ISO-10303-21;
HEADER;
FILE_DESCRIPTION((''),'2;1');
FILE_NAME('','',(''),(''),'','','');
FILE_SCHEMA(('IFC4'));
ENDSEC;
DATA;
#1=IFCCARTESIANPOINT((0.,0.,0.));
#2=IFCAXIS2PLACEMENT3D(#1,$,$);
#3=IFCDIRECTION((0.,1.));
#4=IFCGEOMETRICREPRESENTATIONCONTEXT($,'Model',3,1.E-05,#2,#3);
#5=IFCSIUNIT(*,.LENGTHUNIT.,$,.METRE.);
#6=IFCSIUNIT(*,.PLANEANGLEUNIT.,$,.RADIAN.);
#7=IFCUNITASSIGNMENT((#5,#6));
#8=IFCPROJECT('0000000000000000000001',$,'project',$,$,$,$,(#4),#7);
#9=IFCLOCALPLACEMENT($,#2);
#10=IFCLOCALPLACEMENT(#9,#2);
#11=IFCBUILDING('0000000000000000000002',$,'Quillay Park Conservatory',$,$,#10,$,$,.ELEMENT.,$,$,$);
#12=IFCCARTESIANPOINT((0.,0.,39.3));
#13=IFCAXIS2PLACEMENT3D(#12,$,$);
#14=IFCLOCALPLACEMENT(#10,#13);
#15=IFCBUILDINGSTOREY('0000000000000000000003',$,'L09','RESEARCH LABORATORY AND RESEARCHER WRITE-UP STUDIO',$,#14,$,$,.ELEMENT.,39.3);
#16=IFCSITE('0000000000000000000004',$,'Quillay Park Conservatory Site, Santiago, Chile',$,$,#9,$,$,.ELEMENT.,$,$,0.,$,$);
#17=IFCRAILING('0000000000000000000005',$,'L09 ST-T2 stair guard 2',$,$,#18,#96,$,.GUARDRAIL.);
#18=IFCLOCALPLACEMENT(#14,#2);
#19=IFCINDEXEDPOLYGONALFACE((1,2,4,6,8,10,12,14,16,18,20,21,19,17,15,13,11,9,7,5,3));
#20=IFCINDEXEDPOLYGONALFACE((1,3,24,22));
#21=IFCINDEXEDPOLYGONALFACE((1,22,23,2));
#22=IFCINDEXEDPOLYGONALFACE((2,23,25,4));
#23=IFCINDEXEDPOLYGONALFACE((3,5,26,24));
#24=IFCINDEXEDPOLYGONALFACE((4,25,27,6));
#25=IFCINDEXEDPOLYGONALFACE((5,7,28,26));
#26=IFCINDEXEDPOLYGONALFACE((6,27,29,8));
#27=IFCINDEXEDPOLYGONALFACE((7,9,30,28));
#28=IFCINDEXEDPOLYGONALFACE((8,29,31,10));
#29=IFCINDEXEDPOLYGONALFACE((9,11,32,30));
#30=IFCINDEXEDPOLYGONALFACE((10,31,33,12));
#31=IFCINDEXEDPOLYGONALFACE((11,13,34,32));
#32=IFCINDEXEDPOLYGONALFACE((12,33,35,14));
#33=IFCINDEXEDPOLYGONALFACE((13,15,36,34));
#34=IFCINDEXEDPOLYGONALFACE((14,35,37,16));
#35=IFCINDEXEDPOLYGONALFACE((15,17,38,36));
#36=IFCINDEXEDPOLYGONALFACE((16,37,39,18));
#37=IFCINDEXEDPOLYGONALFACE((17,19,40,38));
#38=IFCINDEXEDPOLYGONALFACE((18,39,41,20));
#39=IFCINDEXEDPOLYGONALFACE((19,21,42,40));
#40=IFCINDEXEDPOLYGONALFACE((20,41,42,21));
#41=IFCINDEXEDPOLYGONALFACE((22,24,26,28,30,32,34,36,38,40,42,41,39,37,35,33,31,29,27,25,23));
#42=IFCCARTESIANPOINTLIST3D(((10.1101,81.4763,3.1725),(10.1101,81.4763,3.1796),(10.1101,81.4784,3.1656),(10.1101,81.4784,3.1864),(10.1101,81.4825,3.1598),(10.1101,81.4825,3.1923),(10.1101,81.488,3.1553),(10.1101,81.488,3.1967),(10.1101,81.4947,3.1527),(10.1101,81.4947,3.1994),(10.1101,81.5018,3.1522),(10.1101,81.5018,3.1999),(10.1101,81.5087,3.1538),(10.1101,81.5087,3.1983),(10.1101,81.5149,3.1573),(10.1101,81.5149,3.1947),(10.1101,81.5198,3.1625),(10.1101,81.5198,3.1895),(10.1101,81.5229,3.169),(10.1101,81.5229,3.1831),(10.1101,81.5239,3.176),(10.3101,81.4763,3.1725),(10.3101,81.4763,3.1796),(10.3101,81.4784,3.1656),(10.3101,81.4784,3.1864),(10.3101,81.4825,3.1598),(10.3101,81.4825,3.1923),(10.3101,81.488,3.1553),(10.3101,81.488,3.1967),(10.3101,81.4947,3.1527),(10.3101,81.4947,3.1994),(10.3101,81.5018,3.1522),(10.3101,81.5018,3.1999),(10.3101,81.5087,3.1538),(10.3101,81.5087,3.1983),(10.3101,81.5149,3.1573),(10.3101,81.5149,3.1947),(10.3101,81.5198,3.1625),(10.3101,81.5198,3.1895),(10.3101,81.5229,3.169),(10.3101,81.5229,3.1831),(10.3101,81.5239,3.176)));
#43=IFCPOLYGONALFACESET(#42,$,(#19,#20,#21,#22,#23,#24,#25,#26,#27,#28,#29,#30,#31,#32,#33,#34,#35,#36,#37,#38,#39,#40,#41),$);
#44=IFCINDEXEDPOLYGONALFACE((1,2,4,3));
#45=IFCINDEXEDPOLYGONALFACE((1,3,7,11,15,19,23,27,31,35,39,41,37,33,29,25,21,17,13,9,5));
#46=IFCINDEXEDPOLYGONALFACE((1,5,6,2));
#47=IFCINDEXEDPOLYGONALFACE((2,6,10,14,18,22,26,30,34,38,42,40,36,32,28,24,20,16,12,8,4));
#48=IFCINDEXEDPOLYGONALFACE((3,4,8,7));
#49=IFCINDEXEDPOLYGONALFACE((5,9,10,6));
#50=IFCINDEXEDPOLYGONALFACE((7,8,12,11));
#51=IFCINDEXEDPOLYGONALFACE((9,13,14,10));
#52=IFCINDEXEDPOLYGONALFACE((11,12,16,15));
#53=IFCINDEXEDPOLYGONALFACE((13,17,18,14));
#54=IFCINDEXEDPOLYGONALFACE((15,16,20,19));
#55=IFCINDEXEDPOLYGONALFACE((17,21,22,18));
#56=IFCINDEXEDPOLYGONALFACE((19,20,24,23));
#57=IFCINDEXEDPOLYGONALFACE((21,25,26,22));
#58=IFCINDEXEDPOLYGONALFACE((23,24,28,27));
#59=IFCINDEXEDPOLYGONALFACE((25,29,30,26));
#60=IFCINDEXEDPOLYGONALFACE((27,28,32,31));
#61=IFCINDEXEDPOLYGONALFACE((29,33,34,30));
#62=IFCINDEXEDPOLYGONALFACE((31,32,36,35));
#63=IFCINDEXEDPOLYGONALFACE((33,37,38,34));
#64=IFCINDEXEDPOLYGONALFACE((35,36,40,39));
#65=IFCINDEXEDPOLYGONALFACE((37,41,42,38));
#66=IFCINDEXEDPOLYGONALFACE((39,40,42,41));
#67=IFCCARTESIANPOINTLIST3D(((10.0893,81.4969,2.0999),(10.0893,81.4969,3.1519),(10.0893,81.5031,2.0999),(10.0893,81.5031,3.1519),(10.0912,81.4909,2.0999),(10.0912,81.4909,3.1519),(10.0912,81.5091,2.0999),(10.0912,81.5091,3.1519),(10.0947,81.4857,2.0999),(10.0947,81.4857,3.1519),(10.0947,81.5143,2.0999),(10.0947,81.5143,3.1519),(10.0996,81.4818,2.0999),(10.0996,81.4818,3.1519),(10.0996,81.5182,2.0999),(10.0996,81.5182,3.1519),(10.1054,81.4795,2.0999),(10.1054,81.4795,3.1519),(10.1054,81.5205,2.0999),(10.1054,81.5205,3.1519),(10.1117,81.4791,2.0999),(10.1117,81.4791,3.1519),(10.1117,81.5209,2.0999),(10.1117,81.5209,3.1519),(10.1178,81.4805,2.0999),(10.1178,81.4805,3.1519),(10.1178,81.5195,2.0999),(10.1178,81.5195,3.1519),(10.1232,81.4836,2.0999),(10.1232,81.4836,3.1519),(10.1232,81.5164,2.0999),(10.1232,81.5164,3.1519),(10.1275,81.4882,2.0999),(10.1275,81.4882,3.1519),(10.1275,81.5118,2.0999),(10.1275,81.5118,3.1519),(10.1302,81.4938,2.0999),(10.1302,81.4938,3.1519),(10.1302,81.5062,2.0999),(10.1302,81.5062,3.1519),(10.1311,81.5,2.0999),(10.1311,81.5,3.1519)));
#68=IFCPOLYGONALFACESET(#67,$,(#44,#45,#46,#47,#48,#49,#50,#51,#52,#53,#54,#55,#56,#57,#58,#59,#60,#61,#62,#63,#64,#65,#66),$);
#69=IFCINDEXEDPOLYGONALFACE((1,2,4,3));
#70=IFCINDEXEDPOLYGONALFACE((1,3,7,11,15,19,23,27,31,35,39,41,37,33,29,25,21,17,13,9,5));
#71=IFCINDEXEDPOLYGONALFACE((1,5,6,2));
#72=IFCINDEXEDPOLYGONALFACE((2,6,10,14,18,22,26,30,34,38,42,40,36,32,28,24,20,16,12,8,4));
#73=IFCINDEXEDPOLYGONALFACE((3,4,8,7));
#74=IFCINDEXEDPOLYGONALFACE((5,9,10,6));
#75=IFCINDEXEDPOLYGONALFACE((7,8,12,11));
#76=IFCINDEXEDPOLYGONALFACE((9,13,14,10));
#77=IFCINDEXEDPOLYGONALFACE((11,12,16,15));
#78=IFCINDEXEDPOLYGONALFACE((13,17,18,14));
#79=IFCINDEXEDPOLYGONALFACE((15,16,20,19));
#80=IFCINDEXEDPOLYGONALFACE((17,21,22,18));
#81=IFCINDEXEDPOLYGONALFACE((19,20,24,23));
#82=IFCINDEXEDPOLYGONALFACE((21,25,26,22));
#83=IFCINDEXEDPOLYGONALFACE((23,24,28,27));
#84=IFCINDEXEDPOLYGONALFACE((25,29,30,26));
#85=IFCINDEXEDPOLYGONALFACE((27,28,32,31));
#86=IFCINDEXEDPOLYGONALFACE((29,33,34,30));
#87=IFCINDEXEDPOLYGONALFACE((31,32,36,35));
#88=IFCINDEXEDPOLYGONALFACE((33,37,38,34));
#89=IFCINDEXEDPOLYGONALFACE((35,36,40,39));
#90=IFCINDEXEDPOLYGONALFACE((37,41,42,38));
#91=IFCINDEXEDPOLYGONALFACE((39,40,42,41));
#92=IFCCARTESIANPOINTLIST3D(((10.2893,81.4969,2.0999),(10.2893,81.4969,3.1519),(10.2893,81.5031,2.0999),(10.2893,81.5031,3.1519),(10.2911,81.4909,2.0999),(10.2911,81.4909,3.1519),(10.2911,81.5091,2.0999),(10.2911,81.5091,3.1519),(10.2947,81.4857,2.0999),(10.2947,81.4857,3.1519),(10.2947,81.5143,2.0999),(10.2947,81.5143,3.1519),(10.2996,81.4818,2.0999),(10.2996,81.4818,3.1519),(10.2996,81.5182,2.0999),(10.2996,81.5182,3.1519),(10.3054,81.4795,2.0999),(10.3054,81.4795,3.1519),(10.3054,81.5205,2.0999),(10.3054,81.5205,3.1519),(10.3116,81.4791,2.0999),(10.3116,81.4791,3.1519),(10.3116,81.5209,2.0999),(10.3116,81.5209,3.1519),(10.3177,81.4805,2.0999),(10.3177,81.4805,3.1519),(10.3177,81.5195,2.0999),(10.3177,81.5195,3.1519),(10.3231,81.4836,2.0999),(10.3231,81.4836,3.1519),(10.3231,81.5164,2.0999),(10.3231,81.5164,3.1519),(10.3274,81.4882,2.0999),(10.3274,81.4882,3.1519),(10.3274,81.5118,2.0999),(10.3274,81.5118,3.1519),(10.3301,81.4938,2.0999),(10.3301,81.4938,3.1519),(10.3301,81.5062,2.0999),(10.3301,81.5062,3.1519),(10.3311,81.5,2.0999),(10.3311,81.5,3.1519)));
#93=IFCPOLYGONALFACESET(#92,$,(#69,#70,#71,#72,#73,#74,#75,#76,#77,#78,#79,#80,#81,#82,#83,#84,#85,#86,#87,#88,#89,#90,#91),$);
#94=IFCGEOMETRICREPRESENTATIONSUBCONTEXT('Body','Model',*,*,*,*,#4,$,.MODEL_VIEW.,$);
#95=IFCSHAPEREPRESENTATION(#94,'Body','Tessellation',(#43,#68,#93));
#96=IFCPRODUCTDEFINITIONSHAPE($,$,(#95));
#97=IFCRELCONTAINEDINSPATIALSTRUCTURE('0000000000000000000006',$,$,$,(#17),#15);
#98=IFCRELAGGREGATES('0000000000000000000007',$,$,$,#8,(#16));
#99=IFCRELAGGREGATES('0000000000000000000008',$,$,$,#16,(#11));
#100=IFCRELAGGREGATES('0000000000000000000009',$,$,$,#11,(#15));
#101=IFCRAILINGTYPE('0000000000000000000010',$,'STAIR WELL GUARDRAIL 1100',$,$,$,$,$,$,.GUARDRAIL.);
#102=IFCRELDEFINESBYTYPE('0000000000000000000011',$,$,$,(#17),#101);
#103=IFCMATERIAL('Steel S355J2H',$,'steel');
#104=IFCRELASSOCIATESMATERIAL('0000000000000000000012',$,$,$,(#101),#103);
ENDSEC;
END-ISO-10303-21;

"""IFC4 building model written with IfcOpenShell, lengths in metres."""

from ifc_helpers import new_model, si_unit, direction, frame, origin, origin_2d, place, context, subcontext, project, spatial, circle, extrude, material, type_object, element, save


model = new_model("IFC4")

# Units and contexts
model_context = context("Model", 3, precision=1e-05, world=origin(), true_north=direction((0.0, 1.0)))
body_context = subcontext(model_context, "Body", "Model", "MODEL_VIEW")
ifc_project = project(units=[si_unit("LENGTHUNIT", "METRE"), si_unit("PLANEANGLEUNIT", "RADIAN")], contexts=[model_context])

# Site, building, storey
site_placement = place(None, origin())
site = spatial("IfcSite", under=ifc_project, at=site_placement, Name="Quillay Park Conservatory Site, Santiago, Chile", CompositionType="ELEMENT", RefElevation=0.0)
building_placement = place(site_placement, origin())
building = spatial("IfcBuilding", under=site, at=building_placement, Name="Quillay Park Conservatory", CompositionType="ELEMENT")
storey_placement = place(building_placement, frame((0.0, 0.0, 39.3)))
storey = spatial("IfcBuildingStorey", under=building, at=storey_placement, Name="L09", Description="RESEARCH LABORATORY AND RESEARCHER WRITE-UP STUDIO", CompositionType="ELEMENT", Elevation=39.3)

# Railing
ifc_material_1 = material(Name="Steel S355J2H", Category="steel")
railing_type_1 = type_object("IfcRailingType", Name="STAIR WELL GUARDRAIL 1100", PredefinedType="GUARDRAIL", material=ifc_material_1)
railing_1_placement = place(storey_placement, frame((10.1101, 81.5, 2.0999)))
element("IfcRailing", 1, at=railing_1_placement, inside=storey, type_object=railing_type_1, Name="L09 ST-T2 stair guard 2", PredefinedType="GUARDRAIL", context=body_context, shape_type="SweptSolid", body=[
    extrude(circle(Radius=0.0239, at=origin_2d()), frame((0.0, 0.0, 1.0762), z_axis=(1.0, 0.0, 0.0), x_axis=(0.0, 1.0, 0.0)), (0.0, 0.0, 1.0), 0.2),
    extrude(circle(Radius=0.021, at=origin_2d()), origin(), (0.0, 0.0, 1.0), 1.052),
    extrude(circle(Radius=0.021, at=origin_2d()), frame((0.2, 0.0, 0.0)), (0.0, 0.0, 1.0), 1.052),
])

save(model, "model.ifc")
